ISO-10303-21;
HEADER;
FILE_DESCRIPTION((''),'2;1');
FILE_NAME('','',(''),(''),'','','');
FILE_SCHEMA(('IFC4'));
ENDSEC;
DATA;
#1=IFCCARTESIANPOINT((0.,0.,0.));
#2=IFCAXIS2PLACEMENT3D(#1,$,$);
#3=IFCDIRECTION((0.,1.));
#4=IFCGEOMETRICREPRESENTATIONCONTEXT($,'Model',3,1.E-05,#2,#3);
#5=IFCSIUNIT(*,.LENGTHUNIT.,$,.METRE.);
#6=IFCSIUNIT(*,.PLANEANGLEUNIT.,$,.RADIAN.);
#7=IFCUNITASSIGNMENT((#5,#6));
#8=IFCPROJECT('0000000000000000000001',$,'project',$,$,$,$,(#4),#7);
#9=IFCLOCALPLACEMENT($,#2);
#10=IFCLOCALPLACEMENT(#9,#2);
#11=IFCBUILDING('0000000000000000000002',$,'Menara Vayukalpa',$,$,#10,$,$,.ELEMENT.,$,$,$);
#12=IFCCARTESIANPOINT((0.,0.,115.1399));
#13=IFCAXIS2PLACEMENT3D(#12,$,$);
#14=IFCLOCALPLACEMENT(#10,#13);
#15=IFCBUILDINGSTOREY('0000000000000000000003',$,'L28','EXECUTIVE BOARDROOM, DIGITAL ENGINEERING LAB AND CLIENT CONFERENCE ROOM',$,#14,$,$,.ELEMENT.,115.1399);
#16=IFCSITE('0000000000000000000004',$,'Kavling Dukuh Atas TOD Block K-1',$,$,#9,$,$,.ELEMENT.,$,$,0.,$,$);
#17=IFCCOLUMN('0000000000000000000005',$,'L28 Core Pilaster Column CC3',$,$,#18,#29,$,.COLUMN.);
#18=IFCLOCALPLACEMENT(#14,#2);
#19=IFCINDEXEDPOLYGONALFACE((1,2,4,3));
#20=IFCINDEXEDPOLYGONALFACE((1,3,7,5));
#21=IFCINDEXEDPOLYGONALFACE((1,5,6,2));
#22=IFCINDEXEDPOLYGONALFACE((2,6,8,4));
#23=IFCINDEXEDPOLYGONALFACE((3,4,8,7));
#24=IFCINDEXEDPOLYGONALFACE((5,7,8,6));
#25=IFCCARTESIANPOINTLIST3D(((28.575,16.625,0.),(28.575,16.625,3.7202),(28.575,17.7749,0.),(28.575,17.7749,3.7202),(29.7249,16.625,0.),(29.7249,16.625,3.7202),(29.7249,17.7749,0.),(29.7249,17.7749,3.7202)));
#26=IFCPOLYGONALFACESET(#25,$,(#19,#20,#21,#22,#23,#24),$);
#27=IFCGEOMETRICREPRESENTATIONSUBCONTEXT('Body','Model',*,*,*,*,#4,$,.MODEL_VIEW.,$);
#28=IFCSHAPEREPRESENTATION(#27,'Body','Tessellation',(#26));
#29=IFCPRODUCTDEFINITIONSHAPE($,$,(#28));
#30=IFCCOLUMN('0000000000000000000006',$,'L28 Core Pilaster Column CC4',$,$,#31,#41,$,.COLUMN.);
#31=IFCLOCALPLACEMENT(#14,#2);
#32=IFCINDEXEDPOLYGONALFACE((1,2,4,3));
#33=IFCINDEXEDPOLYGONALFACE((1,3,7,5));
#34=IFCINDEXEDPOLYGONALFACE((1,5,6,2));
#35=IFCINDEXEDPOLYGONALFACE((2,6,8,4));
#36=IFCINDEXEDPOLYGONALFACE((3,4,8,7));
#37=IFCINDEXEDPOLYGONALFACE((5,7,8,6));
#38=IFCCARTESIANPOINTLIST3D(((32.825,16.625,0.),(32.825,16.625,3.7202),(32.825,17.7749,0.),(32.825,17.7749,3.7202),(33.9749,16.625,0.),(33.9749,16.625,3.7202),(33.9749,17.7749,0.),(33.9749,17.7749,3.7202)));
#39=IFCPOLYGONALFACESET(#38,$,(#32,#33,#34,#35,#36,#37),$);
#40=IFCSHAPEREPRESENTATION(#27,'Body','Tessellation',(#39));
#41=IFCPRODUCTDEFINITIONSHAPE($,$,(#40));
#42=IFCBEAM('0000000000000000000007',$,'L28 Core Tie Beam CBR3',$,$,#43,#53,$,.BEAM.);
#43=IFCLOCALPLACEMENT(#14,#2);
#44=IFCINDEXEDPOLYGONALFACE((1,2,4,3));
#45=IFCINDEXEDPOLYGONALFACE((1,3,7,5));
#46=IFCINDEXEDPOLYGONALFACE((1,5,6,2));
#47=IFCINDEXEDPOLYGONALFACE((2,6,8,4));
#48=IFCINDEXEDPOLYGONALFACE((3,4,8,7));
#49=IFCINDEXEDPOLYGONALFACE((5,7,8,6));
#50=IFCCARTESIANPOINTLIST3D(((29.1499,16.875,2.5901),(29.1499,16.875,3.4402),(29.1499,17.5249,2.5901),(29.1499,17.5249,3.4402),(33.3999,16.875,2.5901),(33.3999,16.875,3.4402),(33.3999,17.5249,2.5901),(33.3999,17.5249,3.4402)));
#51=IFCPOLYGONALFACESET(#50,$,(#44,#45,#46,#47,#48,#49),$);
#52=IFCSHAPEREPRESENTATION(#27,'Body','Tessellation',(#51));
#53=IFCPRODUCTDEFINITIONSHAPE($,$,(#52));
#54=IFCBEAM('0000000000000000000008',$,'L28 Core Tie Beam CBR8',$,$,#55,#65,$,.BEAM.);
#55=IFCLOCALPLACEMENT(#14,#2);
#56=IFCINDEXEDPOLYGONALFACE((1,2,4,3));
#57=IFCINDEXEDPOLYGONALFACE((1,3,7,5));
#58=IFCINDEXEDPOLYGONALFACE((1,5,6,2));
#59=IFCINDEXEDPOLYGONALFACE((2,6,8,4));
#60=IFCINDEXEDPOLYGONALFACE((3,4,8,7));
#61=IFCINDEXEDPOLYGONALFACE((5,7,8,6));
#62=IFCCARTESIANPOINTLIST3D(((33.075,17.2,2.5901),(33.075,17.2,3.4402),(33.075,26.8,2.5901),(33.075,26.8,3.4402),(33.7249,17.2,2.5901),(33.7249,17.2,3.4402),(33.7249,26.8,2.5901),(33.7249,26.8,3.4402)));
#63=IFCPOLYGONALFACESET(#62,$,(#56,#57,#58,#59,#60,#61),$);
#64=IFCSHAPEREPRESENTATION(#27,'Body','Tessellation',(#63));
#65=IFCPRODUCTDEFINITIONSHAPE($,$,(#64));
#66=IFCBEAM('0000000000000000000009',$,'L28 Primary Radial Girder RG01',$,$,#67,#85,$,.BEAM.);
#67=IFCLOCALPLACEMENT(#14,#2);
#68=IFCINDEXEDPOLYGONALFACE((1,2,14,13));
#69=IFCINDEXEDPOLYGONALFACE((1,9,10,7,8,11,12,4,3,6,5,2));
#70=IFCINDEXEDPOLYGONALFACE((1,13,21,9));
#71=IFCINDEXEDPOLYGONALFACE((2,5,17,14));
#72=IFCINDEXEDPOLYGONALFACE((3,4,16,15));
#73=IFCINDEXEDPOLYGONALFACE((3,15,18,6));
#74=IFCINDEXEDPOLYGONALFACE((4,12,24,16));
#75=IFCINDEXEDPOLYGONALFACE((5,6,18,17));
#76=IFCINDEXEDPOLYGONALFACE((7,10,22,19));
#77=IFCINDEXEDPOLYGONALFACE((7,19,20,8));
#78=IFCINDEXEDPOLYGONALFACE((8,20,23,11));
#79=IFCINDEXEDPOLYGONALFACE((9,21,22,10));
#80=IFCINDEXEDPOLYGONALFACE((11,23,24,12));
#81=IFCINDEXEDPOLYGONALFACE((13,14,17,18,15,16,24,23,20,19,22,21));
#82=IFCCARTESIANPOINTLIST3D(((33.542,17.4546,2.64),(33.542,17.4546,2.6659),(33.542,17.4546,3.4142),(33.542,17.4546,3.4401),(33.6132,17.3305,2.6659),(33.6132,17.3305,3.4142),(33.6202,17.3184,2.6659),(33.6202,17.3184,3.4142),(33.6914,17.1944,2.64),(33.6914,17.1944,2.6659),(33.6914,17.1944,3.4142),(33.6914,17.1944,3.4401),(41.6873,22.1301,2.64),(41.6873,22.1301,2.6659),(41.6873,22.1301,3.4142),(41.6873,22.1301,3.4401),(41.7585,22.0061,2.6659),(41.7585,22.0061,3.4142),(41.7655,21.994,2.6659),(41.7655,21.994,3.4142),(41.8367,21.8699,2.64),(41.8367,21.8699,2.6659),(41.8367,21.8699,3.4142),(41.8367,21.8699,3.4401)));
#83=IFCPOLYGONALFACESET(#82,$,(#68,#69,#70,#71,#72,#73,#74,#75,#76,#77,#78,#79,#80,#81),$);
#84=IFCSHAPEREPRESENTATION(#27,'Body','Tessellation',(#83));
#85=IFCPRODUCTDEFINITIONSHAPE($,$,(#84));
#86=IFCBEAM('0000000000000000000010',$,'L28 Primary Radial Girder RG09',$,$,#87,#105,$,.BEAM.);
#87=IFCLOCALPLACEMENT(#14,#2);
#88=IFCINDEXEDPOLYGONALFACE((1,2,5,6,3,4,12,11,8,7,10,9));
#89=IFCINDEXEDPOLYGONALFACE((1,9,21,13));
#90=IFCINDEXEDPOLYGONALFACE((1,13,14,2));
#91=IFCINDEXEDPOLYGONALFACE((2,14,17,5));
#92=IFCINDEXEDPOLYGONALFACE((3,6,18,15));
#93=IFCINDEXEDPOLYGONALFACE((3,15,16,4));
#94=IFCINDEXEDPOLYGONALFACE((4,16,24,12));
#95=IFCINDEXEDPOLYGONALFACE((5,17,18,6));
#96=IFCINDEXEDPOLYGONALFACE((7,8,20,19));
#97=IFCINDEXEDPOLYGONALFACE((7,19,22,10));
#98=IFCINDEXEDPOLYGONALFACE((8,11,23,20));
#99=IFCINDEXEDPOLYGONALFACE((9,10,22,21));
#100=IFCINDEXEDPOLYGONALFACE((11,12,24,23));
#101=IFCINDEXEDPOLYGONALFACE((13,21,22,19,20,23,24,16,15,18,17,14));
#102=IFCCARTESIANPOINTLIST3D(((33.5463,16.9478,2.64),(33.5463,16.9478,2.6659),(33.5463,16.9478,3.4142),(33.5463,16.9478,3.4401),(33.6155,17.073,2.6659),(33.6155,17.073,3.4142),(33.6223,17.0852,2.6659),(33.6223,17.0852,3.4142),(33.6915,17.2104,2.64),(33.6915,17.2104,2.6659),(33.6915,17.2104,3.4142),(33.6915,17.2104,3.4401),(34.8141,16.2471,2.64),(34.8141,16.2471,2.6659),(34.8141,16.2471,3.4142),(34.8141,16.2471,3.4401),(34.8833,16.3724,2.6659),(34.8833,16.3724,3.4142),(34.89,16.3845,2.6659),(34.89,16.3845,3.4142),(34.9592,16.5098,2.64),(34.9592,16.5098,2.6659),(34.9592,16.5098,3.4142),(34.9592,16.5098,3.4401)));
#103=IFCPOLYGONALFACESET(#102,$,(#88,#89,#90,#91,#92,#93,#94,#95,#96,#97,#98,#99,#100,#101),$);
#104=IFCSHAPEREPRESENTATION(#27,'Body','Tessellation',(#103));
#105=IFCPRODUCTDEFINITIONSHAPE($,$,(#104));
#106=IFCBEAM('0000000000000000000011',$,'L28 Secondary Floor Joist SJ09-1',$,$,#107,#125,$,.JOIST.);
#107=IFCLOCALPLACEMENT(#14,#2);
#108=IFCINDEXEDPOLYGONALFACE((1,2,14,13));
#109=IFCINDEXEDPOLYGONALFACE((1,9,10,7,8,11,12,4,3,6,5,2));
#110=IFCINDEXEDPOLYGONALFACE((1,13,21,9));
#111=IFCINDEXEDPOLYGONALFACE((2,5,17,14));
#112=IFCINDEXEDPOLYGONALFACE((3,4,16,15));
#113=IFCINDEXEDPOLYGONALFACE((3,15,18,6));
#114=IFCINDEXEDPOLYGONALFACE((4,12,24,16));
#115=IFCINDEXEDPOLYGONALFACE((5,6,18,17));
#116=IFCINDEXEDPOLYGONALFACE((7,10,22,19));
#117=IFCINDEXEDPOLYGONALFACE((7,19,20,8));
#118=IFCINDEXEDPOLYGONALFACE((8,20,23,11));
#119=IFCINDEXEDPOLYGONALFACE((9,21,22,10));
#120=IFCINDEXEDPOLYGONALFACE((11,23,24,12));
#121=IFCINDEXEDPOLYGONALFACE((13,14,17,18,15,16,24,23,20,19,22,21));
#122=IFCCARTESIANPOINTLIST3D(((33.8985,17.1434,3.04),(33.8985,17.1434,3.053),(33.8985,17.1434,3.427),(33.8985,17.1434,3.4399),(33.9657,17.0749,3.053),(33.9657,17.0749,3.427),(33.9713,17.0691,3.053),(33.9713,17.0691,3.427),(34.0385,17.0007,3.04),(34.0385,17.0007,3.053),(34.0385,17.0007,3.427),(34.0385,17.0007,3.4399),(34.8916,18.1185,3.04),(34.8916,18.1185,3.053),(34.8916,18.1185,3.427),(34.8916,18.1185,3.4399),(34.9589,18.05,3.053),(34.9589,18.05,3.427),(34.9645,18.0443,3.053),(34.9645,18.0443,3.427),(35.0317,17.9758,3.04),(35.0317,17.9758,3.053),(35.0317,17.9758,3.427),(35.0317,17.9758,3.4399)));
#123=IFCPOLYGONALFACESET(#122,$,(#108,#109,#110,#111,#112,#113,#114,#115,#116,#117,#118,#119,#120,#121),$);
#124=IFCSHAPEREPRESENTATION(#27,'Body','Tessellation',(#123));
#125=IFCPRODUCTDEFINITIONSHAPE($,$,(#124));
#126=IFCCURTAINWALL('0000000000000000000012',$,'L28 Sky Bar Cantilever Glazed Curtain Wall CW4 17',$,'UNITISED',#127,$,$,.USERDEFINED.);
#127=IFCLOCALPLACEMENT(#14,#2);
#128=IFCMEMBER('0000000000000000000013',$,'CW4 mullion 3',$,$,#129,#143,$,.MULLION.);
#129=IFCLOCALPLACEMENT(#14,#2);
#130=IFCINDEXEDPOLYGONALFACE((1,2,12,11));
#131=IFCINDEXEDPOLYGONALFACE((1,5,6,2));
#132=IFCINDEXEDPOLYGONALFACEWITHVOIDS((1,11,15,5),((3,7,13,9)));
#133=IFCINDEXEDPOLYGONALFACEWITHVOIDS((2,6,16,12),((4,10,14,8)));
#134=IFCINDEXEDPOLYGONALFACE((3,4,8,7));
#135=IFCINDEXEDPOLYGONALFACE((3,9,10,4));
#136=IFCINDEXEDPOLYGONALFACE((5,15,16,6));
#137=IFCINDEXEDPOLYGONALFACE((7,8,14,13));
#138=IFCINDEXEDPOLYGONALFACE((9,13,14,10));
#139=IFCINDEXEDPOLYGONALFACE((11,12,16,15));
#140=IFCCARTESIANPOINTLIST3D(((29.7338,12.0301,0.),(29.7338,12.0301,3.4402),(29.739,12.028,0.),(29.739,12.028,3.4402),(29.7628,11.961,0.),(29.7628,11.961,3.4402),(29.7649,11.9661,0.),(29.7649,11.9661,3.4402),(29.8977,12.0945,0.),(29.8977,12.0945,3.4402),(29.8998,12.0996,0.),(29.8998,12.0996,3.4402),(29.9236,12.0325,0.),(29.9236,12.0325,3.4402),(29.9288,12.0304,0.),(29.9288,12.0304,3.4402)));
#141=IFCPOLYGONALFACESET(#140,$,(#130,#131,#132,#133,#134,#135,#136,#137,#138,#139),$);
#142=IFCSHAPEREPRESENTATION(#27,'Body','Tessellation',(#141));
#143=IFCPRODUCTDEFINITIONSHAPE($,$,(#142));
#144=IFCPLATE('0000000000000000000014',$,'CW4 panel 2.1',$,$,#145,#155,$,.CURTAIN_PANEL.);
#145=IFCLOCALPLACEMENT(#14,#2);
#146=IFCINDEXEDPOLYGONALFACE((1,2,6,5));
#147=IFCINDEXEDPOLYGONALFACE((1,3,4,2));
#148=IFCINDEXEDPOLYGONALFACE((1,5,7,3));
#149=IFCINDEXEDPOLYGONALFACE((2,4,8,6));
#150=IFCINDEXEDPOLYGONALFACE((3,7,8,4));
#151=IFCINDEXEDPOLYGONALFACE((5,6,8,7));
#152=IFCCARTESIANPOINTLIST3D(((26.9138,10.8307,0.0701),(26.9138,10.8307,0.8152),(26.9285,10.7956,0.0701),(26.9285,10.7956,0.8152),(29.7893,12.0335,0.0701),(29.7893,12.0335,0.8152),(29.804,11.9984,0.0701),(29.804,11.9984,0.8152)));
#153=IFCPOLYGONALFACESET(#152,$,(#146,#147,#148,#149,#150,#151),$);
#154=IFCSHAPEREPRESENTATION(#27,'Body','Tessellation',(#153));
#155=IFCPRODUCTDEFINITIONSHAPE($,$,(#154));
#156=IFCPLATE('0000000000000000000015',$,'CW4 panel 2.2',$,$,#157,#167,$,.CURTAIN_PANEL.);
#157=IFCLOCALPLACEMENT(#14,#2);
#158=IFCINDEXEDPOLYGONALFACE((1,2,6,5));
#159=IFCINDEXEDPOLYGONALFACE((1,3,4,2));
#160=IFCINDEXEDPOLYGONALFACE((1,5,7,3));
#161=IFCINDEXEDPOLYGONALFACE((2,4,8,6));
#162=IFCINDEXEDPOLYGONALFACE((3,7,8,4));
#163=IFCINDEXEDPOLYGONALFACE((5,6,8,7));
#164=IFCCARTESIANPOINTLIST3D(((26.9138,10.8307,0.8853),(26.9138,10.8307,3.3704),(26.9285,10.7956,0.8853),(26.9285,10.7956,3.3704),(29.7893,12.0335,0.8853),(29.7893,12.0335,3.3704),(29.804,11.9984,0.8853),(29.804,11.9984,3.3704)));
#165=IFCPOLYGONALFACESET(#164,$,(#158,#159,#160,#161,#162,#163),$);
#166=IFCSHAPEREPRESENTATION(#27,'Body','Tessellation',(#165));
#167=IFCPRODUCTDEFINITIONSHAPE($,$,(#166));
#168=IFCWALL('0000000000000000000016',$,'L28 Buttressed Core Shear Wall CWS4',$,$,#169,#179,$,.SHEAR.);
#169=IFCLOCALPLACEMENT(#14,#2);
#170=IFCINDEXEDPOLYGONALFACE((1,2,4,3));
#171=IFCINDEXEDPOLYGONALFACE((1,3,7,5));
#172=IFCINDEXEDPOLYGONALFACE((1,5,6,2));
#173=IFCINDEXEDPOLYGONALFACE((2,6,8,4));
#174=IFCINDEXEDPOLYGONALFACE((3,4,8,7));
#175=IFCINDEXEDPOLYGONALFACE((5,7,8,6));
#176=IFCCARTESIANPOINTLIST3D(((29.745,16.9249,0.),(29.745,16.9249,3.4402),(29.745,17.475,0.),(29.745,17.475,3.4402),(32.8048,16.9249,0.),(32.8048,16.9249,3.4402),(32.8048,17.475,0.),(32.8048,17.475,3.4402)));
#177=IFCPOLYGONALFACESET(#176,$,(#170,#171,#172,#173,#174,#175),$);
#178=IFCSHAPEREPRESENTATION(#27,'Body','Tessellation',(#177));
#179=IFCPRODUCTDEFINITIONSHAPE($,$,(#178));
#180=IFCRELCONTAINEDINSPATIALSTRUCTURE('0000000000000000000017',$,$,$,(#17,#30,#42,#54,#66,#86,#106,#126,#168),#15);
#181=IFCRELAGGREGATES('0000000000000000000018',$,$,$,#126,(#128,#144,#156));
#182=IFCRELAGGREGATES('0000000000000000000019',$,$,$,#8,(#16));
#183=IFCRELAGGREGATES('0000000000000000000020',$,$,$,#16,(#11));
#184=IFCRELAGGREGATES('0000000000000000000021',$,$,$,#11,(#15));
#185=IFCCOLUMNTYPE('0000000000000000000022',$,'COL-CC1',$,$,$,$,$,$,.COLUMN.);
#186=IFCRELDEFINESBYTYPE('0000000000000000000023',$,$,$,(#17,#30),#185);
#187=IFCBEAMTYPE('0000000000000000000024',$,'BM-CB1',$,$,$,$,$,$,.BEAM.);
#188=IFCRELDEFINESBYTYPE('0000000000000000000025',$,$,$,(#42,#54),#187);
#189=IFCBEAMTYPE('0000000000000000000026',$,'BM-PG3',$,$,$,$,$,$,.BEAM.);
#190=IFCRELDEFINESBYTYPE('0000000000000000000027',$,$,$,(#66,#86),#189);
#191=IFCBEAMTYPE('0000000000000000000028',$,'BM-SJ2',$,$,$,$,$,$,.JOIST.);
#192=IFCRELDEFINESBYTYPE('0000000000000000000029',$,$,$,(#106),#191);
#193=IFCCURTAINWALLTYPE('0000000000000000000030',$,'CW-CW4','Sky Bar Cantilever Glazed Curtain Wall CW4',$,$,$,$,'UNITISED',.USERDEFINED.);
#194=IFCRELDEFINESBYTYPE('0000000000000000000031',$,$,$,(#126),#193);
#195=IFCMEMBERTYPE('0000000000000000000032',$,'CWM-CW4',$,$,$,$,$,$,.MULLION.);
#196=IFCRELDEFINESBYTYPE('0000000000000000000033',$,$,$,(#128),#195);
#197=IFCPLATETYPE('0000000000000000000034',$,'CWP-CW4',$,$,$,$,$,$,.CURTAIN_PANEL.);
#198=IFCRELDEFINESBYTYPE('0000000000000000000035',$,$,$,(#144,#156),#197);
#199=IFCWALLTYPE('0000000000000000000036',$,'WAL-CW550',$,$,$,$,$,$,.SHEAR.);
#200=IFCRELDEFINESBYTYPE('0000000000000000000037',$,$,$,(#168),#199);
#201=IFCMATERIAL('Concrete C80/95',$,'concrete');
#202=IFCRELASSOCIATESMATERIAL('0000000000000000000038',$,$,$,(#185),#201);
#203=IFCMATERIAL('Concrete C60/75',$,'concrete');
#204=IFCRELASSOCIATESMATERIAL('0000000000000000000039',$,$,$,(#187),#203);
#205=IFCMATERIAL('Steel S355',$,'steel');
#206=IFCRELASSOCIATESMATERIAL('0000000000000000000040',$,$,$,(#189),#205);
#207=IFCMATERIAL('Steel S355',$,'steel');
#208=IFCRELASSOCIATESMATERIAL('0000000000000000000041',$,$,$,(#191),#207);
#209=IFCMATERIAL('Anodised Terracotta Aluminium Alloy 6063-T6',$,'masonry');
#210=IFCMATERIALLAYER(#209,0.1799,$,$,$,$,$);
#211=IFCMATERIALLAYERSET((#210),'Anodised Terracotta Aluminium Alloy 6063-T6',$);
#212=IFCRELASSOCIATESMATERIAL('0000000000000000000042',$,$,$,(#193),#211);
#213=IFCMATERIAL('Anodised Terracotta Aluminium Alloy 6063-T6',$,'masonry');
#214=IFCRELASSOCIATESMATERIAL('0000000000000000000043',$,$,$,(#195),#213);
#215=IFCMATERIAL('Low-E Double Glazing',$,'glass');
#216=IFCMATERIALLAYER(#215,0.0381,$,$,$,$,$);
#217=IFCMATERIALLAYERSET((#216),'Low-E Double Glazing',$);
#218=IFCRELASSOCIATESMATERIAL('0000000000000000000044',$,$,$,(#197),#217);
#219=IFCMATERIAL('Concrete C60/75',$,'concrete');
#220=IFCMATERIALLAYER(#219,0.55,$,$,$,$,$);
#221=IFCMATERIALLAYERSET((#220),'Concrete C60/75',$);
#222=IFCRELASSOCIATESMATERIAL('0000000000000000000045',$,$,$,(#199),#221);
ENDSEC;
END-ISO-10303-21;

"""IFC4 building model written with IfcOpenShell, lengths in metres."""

from ifc_helpers import new_model, si_unit, direction, frame, frame_2d, origin, origin_2d, place, context, subcontext, project, spatial, rectangle, hollow_rectangle, i_section, extrude, material, layer, layer_set, material_profile, profile_set, type_object, element, aggregate, save


model = new_model("IFC4")

# Units and contexts
model_context = context("Model", 3, precision=1e-05, world=origin(), true_north=direction((0.0, 1.0)))
body_context = subcontext(model_context, "Body", "Model", "MODEL_VIEW")
ifc_project = project(units=[si_unit("LENGTHUNIT", "METRE"), si_unit("PLANEANGLEUNIT", "RADIAN")], contexts=[model_context])

# Site, building, storey
site_placement = place(None, origin())
site = spatial("IfcSite", under=ifc_project, at=site_placement, Name="Kavling Dukuh Atas TOD Block K-1", CompositionType="ELEMENT", RefElevation=0.0)
building_placement = place(site_placement, origin())
building = spatial("IfcBuilding", under=site, at=building_placement, Name="Menara Vayukalpa", CompositionType="ELEMENT")
storey_placement = place(building_placement, frame((0.0, 0.0, 115.1399)))
storey = spatial("IfcBuildingStorey", under=building, at=storey_placement, Name="L28", Description="EXECUTIVE BOARDROOM, DIGITAL ENGINEERING LAB AND CLIENT CONFERENCE ROOM", CompositionType="ELEMENT", Elevation=115.1399)

# Columns
ifc_material_1 = material(Name="Concrete C80/95", Category="concrete")
ifc_material_profile_1 = material_profile(ifc_material_1, rectangle(XDim=1.1499, YDim=1.1499, at=origin_2d()), Name="RC 1150x1150")
ifc_profile_set_1 = profile_set([ifc_material_profile_1], Name="Concrete C80/95")
column_type = type_object("IfcColumnType", Name="COL-CC1", PredefinedType="COLUMN", material=ifc_profile_set_1)
for number, where, z_axis, x_axis, name in (
    (1, (29.1499, 17.2, 0.0), (0.0, 0.0, 1.0), (1.0, 0.0, 0.0), "L28 Core Pilaster Column CC3"),
    (2, (33.3999, 17.2, 0.0), (0.0, 0.0, 1.0), (1.0, 0.0, 0.0), "L28 Core Pilaster Column CC4"),
):
    element("IfcColumn", number, at=place(storey_placement, frame(where, z_axis=z_axis, x_axis=x_axis)), inside=storey, type_object=column_type, Name=name, PredefinedType="COLUMN", context=body_context, shape_type="SweptSolid", body=[
        extrude(rectangle(XDim=1.1499, YDim=1.1499, at=origin_2d()), origin(), (0.0, 0.0, 1.0), 3.7202),
    ])

# Beams
ifc_material_2 = material(Name="Concrete C60/75", Category="concrete")
ifc_material_profile_2 = material_profile(ifc_material_2, rectangle(XDim=0.6499, YDim=0.8501, at=origin_2d()), Name="RC 650x850")
ifc_profile_set_2 = profile_set([ifc_material_profile_2], Name="Concrete C60/75")
beam_type_1 = type_object("IfcBeamType", Name="BM-CB1", PredefinedType="BEAM", material=ifc_profile_set_2)
beam_1_placement = place(storey_placement, frame((29.1499, 17.2, 3.0151), z_axis=(1.0, 0.0, 0.0), x_axis=(0.0, 1.0, 0.0)))
element("IfcBeam", 3, at=beam_1_placement, inside=storey, type_object=beam_type_1, Name="L28 Core Tie Beam CBR3", PredefinedType="BEAM", context=body_context, shape_type="SweptSolid", body=[
    extrude(rectangle(XDim=0.6499, YDim=0.8501, at=origin_2d()), origin(), (0.0, 0.0, 1.0), 4.25),
])
beam_2_placement = place(storey_placement, frame((33.3999, 17.2, 3.0151), z_axis=(0.0, 1.0, 0.0), x_axis=(-1.0, 0.0, 0.0)))
element("IfcBeam", 4, at=beam_2_placement, inside=storey, type_object=beam_type_1, Name="L28 Core Tie Beam CBR8", PredefinedType="BEAM", context=body_context, shape_type="SweptSolid", body=[
    extrude(rectangle(XDim=0.6499, YDim=0.8501, at=origin_2d()), origin(), (0.0, 0.0, 1.0), 9.6001),
])
ifc_material_3 = material(Name="Steel S355", Category="steel")
ifc_material_profile_3 = material_profile(ifc_material_3, i_section(OverallWidth=0.3, OverallDepth=0.8, WebThickness=0.0139, FlangeThickness=0.0259, at=origin_2d()), Name="WF 800x300x14x26")
ifc_profile_set_3 = profile_set([ifc_material_profile_3], Name="Steel S355")
beam_type_2 = type_object("IfcBeamType", Name="BM-PG3", PredefinedType="BEAM", material=ifc_profile_set_3)
beam_3_placement = place(storey_placement, frame((33.6167, 17.3245, 3.04), z_axis=(0.867274, 0.497832, 0.0), x_axis=(-0.497832, 0.867274, 0.0)))
element("IfcBeam", 5, at=beam_3_placement, inside=storey, type_object=beam_type_2, Name="L28 Primary Radial Girder RG01", PredefinedType="BEAM", context=body_context, shape_type="SweptSolid", body=[
    extrude(i_section(OverallWidth=0.3, OverallDepth=0.8, WebThickness=0.0139, FlangeThickness=0.0259, at=origin_2d()), origin(), (0.0, 0.0, 1.0), 9.3918),
])
beam_4_placement = place(storey_placement, frame((33.6189, 17.0791, 3.04), z_axis=(0.875228, -0.48371, 0.0), x_axis=(0.48371, 0.875228, 0.0)))
element("IfcBeam", 6, at=beam_4_placement, inside=storey, type_object=beam_type_2, Name="L28 Primary Radial Girder RG09", PredefinedType="BEAM", context=body_context, shape_type="SweptSolid", body=[
    extrude(i_section(OverallWidth=0.3, OverallDepth=0.8, WebThickness=0.0139, FlangeThickness=0.0259, at=origin_2d()), origin(), (0.0, 0.0, 1.0), 1.4485),
])
ifc_material_4 = material(Name="Steel S355", Category="steel")
ifc_material_profile_4 = material_profile(ifc_material_4, i_section(OverallWidth=0.2, OverallDepth=0.3999, WebThickness=0.0081, FlangeThickness=0.0129, at=origin_2d()), Name="WF 400x200x8x13")
ifc_profile_set_4 = profile_set([ifc_material_profile_4], Name="Steel S355")
beam_type_3 = type_object("IfcBeamType", Name="BM-SJ2", PredefinedType="JOIST", material=ifc_profile_set_4)
beam_5_placement = place(storey_placement, frame((33.9685, 17.072, 3.24), z_axis=(0.713567, 0.700587, 0.0), x_axis=(-0.700587, 0.713567, 0.0)))
element("IfcBeam", 7, at=beam_5_placement, inside=storey, type_object=beam_type_3, Name="L28 Secondary Floor Joist SJ09-1", PredefinedType="JOIST", context=body_context, shape_type="SweptSolid", body=[
    extrude(i_section(OverallWidth=0.2, OverallDepth=0.3999, WebThickness=0.0081, FlangeThickness=0.0129, at=origin_2d()), origin(), (0.0, 0.0, 1.0), 1.3918),
])

# Curtain wall, member, plates
ifc_material_5 = material(Name="Anodised Terracotta Aluminium Alloy 6063-T6", Category="masonry")
ifc_layer_1 = layer(ifc_material_5, 0.1799)
ifc_layer_set_1 = layer_set([ifc_layer_1], Name="Anodised Terracotta Aluminium Alloy 6063-T6")
curtain_wall_type = type_object("IfcCurtainWallType", Name="CW-CW4", Description="Sky Bar Cantilever Glazed Curtain Wall CW4", ElementType="UNITISED", PredefinedType="USERDEFINED", material=ifc_layer_set_1)
curtain_wall_placement = place(storey_placement, origin())
curtain_wall = element("IfcCurtainWall", 8, at=curtain_wall_placement, inside=storey, type_object=curtain_wall_type, Name="L28 Sky Bar Cantilever Glazed Curtain Wall CW4 17", ObjectType="UNITISED", PredefinedType="USERDEFINED")
ifc_material_6 = material(Name="Anodised Terracotta Aluminium Alloy 6063-T6", Category="masonry")
ifc_material_profile_5 = material_profile(ifc_material_6, hollow_rectangle(XDim=0.075, YDim=0.1799, WallThickness=0.0039, at=origin_2d()), Name="ALU 75x180x4")
ifc_profile_set_5 = profile_set([ifc_material_profile_5], Name="Anodised Terracotta Aluminium Alloy 6063-T6")
member_type = type_object("IfcMemberType", Name="CWM-CW4", PredefinedType="MULLION", material=ifc_profile_set_5)
member_placement = place(storey_placement, frame((29.8313, 12.0303, 0.0), z_axis=(0.0, 0.0, 1.0), x_axis=(-0.385894, 0.922543, 0.0)))
member = element("IfcMember", 9, at=member_placement, type_object=member_type, Name="CW4 mullion 3", PredefinedType="MULLION", context=body_context, shape_type="SweptSolid", body=[
    extrude(hollow_rectangle(XDim=0.075, YDim=0.1799, WallThickness=0.0039, at=origin_2d()), origin(), (0.0, 0.0, 1.0), 3.4402),
])
ifc_material_7 = material(Name="Low-E Double Glazing", Category="glass")
ifc_layer_2 = layer(ifc_material_7, 0.0381)
ifc_layer_set_2 = layer_set([ifc_layer_2], Name="Low-E Double Glazing")
plate_type = type_object("IfcPlateType", Name="CWP-CW4", PredefinedType="CURTAIN_PANEL", material=ifc_layer_set_2)
plate_1_placement = place(storey_placement, frame((28.3589, 11.4146, 0.0701), z_axis=(0.0, 0.0, 1.0), x_axis=(0.922543, 0.385894, 0.0)))
plate_1 = element("IfcPlate", 10, at=plate_1_placement, type_object=plate_type, Name="CW4 panel 2.1", PredefinedType="CURTAIN_PANEL", context=body_context, shape_type="SweptSolid", body=[
    extrude(rectangle(XDim=3.1169, YDim=0.0381, at=origin_2d()), origin(), (0.0, 0.0, 1.0), 0.7451),
])
plate_2_placement = place(storey_placement, frame((28.3589, 11.4146, 0.8853), z_axis=(0.0, 0.0, 1.0), x_axis=(0.922543, 0.385894, 0.0)))
plate_2 = element("IfcPlate", 11, at=plate_2_placement, type_object=plate_type, Name="CW4 panel 2.2", PredefinedType="CURTAIN_PANEL", context=body_context, shape_type="SweptSolid", body=[
    extrude(rectangle(XDim=3.1169, YDim=0.0381, at=origin_2d()), origin(), (0.0, 0.0, 1.0), 2.4851),
])
aggregate(curtain_wall, [member, plate_1, plate_2])

# Wall
ifc_material_8 = material(Name="Concrete C60/75", Category="concrete")
ifc_layer_3 = layer(ifc_material_8, 0.55)
ifc_layer_set_3 = layer_set([ifc_layer_3], Name="Concrete C60/75")
wall_type_1 = type_object("IfcWallType", Name="WAL-CW550", PredefinedType="SHEAR", material=ifc_layer_set_3)
wall_1_placement = place(storey_placement, frame((29.7451, 17.2, 0.0), z_axis=(0.0, 0.0, 1.0), x_axis=(1.0, 0.0, 0.0)))
element("IfcWall", 12, at=wall_1_placement, inside=storey, type_object=wall_type_1, Name="L28 Buttressed Core Shear Wall CWS4", PredefinedType="SHEAR", context=body_context, shape_type="SweptSolid", body=[
    extrude(rectangle(XDim=3.0598, YDim=0.55, at=frame_2d((1.5298, 0.0))), origin(), (0.0, 0.0, 1.0), 3.4402),
])

save(model, "model.ifc")
